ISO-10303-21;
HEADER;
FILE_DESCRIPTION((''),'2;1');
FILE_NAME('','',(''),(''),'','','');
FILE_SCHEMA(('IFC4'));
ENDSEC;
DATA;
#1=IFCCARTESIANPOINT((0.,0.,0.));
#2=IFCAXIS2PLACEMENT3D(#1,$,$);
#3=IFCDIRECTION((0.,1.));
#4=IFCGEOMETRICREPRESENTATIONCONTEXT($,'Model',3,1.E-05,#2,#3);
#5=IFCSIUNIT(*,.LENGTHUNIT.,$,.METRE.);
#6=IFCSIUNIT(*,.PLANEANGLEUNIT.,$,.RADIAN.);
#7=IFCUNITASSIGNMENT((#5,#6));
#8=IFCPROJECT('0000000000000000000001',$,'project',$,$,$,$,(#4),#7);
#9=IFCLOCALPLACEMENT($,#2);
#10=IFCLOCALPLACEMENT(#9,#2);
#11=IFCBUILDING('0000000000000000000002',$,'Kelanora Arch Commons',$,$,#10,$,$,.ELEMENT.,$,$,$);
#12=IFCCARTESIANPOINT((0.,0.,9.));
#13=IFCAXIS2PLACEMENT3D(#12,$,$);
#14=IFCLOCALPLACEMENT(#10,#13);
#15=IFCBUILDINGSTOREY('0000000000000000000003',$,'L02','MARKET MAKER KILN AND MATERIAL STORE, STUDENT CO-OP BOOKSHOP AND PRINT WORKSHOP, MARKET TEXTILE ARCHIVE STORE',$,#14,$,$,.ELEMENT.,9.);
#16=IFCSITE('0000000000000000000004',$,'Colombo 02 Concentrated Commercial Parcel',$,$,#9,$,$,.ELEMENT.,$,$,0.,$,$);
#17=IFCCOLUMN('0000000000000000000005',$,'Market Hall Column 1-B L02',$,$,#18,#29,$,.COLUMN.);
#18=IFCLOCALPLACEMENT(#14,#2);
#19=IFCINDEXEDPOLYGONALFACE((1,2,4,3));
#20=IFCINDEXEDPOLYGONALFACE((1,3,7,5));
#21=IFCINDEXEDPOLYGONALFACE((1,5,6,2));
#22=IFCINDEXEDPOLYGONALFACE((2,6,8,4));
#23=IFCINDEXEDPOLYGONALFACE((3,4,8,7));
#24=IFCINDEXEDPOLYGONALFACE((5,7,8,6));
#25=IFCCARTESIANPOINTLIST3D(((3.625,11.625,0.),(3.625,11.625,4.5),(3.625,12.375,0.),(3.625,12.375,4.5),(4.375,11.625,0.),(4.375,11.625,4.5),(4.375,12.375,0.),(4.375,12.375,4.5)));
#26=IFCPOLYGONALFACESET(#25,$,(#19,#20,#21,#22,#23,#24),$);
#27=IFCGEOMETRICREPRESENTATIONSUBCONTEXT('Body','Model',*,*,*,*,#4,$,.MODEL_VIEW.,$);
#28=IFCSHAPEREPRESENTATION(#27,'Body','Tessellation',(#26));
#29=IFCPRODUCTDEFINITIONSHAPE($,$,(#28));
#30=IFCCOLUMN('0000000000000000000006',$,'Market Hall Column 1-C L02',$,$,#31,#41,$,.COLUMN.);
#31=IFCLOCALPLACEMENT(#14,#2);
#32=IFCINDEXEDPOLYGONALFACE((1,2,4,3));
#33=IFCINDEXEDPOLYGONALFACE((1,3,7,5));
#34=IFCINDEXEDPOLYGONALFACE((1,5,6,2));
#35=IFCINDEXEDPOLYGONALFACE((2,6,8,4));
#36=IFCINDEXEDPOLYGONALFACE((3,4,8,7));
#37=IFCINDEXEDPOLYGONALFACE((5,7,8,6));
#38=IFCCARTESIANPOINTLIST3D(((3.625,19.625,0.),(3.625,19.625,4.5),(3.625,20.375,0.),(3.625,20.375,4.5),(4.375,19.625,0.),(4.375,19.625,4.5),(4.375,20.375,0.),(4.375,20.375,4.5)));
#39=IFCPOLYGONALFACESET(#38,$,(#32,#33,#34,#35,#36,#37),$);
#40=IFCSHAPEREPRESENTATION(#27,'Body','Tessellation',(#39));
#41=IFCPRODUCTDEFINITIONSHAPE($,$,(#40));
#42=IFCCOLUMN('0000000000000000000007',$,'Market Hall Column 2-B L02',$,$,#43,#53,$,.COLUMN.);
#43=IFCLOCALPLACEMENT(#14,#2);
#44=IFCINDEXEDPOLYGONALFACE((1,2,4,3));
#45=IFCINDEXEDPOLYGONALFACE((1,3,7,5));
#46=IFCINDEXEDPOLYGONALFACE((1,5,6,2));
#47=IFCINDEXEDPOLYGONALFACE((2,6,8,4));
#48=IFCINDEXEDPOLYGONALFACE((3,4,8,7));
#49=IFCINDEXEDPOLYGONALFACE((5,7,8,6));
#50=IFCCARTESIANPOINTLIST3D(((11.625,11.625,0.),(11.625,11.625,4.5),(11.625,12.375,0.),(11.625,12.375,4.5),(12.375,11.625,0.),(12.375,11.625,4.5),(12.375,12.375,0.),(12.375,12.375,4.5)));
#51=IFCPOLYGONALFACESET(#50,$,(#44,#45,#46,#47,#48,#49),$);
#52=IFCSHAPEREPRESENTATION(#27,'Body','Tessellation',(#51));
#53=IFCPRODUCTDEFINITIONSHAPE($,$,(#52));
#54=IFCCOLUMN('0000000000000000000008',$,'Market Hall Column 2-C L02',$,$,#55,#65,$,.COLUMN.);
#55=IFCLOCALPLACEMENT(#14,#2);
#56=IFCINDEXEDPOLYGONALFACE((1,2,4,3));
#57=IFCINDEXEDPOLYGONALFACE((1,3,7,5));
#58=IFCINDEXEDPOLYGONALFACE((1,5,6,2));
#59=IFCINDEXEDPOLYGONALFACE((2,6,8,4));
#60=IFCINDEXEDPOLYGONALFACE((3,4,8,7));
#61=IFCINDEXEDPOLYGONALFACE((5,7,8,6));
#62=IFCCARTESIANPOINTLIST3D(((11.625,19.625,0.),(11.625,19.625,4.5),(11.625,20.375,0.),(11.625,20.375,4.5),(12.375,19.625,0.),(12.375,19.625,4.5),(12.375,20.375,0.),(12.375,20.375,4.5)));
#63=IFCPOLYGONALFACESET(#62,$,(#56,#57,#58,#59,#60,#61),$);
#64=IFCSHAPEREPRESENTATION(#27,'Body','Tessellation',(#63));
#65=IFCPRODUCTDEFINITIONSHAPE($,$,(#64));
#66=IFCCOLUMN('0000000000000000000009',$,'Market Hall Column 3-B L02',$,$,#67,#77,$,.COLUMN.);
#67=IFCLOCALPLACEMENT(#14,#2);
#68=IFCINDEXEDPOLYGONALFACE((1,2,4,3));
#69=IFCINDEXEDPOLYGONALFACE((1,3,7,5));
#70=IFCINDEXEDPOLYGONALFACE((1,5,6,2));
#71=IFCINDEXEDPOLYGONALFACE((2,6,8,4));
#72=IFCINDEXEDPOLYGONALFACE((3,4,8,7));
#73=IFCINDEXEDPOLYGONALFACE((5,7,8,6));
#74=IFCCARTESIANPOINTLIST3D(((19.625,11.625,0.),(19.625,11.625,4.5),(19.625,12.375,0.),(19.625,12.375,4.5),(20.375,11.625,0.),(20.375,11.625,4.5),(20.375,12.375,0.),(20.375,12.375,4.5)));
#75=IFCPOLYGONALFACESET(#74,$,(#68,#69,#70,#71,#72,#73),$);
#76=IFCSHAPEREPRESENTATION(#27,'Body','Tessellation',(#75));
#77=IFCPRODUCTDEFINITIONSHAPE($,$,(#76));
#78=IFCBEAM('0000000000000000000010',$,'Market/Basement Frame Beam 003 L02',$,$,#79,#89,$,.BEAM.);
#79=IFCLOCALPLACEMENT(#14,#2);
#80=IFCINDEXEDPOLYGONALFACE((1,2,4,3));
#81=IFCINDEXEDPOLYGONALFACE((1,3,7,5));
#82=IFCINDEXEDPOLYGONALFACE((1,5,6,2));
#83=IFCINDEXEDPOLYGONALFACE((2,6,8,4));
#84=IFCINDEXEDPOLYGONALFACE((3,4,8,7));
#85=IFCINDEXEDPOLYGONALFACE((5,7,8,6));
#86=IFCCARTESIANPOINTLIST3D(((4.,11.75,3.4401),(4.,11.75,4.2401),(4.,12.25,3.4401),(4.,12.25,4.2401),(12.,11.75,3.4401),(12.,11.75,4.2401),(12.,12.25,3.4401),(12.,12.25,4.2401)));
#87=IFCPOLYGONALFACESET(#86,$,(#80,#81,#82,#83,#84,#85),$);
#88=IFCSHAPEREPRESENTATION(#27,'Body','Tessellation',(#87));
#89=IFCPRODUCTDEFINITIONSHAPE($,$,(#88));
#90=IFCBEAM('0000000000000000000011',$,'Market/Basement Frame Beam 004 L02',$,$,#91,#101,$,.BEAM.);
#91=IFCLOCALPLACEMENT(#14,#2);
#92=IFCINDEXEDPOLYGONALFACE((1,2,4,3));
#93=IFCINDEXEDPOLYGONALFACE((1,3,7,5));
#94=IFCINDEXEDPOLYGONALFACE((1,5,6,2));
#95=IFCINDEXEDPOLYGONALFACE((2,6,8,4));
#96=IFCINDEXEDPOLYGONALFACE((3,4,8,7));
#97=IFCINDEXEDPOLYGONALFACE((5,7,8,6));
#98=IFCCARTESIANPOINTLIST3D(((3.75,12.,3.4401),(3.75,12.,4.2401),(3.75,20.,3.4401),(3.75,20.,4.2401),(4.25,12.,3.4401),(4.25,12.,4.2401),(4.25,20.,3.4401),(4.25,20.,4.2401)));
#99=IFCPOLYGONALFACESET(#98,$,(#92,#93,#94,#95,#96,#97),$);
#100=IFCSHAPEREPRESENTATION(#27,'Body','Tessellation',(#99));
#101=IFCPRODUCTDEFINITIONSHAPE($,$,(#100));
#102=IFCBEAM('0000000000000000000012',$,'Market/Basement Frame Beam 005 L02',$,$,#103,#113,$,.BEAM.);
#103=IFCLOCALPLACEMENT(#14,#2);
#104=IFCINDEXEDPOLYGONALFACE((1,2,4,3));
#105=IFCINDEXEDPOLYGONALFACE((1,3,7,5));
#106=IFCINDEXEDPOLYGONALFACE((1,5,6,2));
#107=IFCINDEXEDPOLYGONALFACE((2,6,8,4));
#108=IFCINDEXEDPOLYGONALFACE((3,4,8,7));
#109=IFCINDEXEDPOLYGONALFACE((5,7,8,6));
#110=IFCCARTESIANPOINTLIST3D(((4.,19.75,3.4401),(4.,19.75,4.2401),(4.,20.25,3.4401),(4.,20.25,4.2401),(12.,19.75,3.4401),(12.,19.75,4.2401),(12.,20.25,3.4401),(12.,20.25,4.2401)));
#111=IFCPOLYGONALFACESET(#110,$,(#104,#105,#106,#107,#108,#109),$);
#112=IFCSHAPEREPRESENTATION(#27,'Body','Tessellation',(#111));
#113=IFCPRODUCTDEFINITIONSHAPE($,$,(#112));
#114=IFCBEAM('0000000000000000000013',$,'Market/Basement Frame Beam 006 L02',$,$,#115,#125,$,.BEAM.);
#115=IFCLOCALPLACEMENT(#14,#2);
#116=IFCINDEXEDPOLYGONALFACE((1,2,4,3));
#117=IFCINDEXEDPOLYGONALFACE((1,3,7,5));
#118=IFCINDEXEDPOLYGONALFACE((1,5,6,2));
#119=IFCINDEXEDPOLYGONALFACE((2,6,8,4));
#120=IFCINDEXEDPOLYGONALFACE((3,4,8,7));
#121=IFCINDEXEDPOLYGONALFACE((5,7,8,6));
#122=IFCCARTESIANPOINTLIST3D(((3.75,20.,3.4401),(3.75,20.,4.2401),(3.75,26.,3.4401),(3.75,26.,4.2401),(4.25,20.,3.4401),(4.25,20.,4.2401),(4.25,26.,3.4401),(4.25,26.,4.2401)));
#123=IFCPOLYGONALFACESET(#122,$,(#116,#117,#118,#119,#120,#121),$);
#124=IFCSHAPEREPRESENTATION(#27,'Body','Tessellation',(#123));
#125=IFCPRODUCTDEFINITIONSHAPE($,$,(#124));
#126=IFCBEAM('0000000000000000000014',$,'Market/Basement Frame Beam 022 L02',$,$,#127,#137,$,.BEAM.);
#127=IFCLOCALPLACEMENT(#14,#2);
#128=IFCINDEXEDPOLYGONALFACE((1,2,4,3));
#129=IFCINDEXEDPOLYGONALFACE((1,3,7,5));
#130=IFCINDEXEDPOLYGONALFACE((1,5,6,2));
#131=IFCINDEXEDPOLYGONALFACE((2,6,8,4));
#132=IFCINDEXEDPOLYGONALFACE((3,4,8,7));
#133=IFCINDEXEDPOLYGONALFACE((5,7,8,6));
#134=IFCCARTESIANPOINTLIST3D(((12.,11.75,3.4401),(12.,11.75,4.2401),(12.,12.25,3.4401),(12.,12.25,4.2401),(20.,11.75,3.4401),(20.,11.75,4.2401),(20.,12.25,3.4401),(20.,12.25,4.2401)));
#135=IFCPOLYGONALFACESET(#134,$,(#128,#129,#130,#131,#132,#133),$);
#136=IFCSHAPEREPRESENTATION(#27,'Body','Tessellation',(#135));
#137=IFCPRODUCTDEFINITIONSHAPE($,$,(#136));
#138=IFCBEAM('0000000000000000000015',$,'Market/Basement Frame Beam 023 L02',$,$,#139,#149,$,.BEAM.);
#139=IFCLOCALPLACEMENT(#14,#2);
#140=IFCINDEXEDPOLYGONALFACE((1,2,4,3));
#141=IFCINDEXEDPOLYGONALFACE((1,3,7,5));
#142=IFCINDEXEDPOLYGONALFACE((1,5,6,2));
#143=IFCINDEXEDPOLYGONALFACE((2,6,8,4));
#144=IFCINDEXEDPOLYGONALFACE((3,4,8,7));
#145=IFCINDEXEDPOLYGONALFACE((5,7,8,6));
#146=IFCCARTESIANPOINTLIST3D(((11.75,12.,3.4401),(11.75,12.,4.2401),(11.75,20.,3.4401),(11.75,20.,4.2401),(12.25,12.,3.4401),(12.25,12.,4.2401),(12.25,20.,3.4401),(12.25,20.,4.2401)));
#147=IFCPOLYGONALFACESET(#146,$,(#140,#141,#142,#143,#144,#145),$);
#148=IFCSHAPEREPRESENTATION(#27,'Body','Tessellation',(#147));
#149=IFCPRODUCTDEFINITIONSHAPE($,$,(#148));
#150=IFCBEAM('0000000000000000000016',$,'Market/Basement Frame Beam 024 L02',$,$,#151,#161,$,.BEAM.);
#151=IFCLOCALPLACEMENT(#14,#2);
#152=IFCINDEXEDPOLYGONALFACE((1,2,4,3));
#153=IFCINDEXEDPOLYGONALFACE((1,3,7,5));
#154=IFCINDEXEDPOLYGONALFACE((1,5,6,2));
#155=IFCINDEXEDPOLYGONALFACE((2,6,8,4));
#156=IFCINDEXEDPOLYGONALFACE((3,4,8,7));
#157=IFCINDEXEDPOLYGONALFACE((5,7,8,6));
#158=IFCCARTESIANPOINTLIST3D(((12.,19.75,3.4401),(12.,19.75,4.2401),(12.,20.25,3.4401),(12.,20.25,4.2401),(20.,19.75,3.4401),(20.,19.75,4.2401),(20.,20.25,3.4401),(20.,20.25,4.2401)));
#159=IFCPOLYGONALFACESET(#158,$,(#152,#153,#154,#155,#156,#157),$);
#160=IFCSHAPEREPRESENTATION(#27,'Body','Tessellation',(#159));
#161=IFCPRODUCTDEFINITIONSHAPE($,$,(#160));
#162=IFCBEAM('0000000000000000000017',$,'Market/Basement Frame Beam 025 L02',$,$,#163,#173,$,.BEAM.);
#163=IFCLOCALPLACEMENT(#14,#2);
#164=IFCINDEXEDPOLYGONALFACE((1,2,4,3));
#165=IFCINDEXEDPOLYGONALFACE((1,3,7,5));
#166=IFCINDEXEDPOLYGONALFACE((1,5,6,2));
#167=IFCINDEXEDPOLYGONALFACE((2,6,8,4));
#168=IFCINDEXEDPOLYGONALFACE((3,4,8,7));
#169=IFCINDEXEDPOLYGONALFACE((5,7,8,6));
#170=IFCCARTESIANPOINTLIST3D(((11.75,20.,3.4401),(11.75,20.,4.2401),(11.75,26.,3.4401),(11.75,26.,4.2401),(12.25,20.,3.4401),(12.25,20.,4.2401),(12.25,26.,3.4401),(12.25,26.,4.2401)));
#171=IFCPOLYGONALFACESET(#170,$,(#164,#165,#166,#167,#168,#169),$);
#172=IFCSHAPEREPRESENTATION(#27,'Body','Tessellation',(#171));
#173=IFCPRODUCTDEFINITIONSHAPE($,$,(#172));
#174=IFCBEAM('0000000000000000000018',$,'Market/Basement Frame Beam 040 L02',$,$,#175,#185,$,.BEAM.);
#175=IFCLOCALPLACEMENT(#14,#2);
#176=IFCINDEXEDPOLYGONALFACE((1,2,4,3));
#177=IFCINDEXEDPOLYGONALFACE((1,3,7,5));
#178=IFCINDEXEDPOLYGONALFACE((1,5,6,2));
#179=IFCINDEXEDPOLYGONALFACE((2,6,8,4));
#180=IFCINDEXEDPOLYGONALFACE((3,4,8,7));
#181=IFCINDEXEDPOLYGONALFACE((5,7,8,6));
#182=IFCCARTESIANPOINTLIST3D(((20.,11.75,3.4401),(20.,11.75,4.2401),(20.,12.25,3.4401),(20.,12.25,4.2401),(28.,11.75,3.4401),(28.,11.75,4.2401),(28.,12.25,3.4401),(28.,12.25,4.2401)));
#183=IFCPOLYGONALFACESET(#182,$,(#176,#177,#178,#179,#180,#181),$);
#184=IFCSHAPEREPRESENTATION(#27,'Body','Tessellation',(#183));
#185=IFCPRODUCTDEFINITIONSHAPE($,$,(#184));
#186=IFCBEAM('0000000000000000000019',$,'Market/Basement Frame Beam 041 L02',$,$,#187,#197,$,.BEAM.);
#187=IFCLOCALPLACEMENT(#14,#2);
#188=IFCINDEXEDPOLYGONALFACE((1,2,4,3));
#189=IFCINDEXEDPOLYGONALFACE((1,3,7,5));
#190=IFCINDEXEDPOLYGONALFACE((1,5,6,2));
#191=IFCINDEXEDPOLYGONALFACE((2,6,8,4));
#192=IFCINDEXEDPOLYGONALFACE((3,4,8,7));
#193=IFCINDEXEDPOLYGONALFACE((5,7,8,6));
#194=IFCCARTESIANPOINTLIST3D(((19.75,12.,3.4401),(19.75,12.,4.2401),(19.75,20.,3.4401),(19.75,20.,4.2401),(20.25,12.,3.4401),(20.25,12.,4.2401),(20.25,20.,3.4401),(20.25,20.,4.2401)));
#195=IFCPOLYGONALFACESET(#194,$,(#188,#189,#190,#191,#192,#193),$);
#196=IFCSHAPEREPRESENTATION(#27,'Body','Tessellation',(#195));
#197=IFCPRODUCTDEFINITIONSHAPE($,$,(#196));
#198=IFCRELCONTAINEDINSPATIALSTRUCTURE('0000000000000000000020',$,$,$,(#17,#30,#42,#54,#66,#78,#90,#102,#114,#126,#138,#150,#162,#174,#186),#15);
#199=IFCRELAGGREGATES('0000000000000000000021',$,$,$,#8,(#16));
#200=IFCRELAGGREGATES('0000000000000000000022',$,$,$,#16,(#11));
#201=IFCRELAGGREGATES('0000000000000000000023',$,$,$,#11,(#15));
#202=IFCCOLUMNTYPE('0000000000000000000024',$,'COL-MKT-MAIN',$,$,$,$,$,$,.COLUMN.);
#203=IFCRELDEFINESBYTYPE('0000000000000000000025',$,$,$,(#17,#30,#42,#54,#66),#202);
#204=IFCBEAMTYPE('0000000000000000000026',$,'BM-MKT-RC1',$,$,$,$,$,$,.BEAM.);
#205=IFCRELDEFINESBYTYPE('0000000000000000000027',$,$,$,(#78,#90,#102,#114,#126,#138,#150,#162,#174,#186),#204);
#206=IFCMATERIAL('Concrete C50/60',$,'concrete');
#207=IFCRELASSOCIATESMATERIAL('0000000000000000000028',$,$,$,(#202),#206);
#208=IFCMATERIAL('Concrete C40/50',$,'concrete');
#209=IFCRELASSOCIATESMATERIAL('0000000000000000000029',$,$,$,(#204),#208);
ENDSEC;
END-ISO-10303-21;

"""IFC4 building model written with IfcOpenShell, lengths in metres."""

from ifc_helpers import new_model, si_unit, direction, frame, origin, origin_2d, place, context, subcontext, project, spatial, rectangle, extrude, material, material_profile, profile_set, type_object, element, save


model = new_model("IFC4")

# Units and contexts
model_context = context("Model", 3, precision=1e-05, world=origin(), true_north=direction((0.0, 1.0)))
body_context = subcontext(model_context, "Body", "Model", "MODEL_VIEW")
ifc_project = project(units=[si_unit("LENGTHUNIT", "METRE"), si_unit("PLANEANGLEUNIT", "RADIAN")], contexts=[model_context])

# Site, building, storey
site_placement = place(None, origin())
site = spatial("IfcSite", under=ifc_project, at=site_placement, Name="Colombo 02 Concentrated Commercial Parcel", CompositionType="ELEMENT", RefElevation=0.0)
building_placement = place(site_placement, origin())
building = spatial("IfcBuilding", under=site, at=building_placement, Name="Kelanora Arch Commons", CompositionType="ELEMENT")
storey_placement = place(building_placement, frame((0.0, 0.0, 9.0)))
storey = spatial("IfcBuildingStorey", under=building, at=storey_placement, Name="L02", Description="MARKET MAKER KILN AND MATERIAL STORE, STUDENT CO-OP BOOKSHOP AND PRINT WORKSHOP, MARKET TEXTILE ARCHIVE STORE", CompositionType="ELEMENT", Elevation=9.0)

# Columns
ifc_material_1 = material(Name="Concrete C50/60", Category="concrete")
ifc_material_profile_1 = material_profile(ifc_material_1, rectangle(XDim=0.75, YDim=0.75, at=origin_2d()), Name="RC750x750")
ifc_profile_set_1 = profile_set([ifc_material_profile_1], Name="Concrete C50/60")
column_type = type_object("IfcColumnType", Name="COL-MKT-MAIN", PredefinedType="COLUMN", material=ifc_profile_set_1)
for number, where, z_axis, x_axis, name in (
    (1, (4.0, 12.0, 0.0), (0.0, 0.0, 1.0), (1.0, 0.0, 0.0), "Market Hall Column 1-B L02"),
    (2, (4.0, 20.0, 0.0), (0.0, 0.0, 1.0), (1.0, 0.0, 0.0), "Market Hall Column 1-C L02"),
    (3, (12.0, 12.0, 0.0), (0.0, 0.0, 1.0), (1.0, 0.0, 0.0), "Market Hall Column 2-B L02"),
    (4, (12.0, 20.0, 0.0), (0.0, 0.0, 1.0), (1.0, 0.0, 0.0), "Market Hall Column 2-C L02"),
    (5, (20.0, 12.0, 0.0), (0.0, 0.0, 1.0), (1.0, 0.0, 0.0), "Market Hall Column 3-B L02"),
):
    element("IfcColumn", number, at=place(storey_placement, frame(where, z_axis=z_axis, x_axis=x_axis)), inside=storey, type_object=column_type, Name=name, PredefinedType="COLUMN", context=body_context, shape_type="SweptSolid", body=[
        extrude(rectangle(XDim=0.75, YDim=0.75, at=origin_2d()), origin(), (0.0, 0.0, 1.0), 4.5),
    ])

# Beams
ifc_material_2 = material(Name="Concrete C40/50", Category="concrete")
ifc_material_profile_2 = material_profile(ifc_material_2, rectangle(XDim=0.5, YDim=0.8, at=origin_2d()), Name="RCB500x800")
ifc_profile_set_2 = profile_set([ifc_material_profile_2], Name="Concrete C40/50")
beam_type = type_object("IfcBeamType", Name="BM-MKT-RC1", PredefinedType="BEAM", material=ifc_profile_set_2)
for number, where, z_axis, x_axis, name in (
    (6, (4.0, 12.0, 3.8401), (1.0, 0.0, 0.0), (0.0, 1.0, 0.0), "Market/Basement Frame Beam 003 L02"),
    (7, (4.0, 12.0, 3.8401), (0.0, 1.0, 0.0), (-1.0, 0.0, 0.0), "Market/Basement Frame Beam 004 L02"),
    (8, (4.0, 20.0, 3.8401), (1.0, 0.0, 0.0), (0.0, 1.0, 0.0), "Market/Basement Frame Beam 005 L02"),
):
    element("IfcBeam", number, at=place(storey_placement, frame(where, z_axis=z_axis, x_axis=x_axis)), inside=storey, type_object=beam_type, Name=name, PredefinedType="BEAM", context=body_context, shape_type="SweptSolid", body=[
        extrude(rectangle(XDim=0.5, YDim=0.8, at=origin_2d()), origin(), (0.0, 0.0, 1.0), 8.0),
    ])
beam_1_placement = place(storey_placement, frame((4.0, 20.0, 3.8401), z_axis=(0.0, 1.0, 0.0), x_axis=(-1.0, 0.0, 0.0)))
element("IfcBeam", 9, at=beam_1_placement, inside=storey, type_object=beam_type, Name="Market/Basement Frame Beam 006 L02", PredefinedType="BEAM", context=body_context, shape_type="SweptSolid", body=[
    extrude(rectangle(XDim=0.5, YDim=0.8, at=origin_2d()), origin(), (0.0, 0.0, 1.0), 6.0),
])
for number, where, z_axis, x_axis, name in (
    (10, (12.0, 12.0, 3.8401), (1.0, 0.0, 0.0), (0.0, 1.0, 0.0), "Market/Basement Frame Beam 022 L02"),
    (11, (12.0, 12.0, 3.8401), (0.0, 1.0, 0.0), (-1.0, 0.0, 0.0), "Market/Basement Frame Beam 023 L02"),
    (12, (12.0, 20.0, 3.8401), (1.0, 0.0, 0.0), (0.0, 1.0, 0.0), "Market/Basement Frame Beam 024 L02"),
):
    element("IfcBeam", number, at=place(storey_placement, frame(where, z_axis=z_axis, x_axis=x_axis)), inside=storey, type_object=beam_type, Name=name, PredefinedType="BEAM", context=body_context, shape_type="SweptSolid", body=[
        extrude(rectangle(XDim=0.5, YDim=0.8, at=origin_2d()), origin(), (0.0, 0.0, 1.0), 8.0),
    ])
beam_2_placement = place(storey_placement, frame((12.0, 20.0, 3.8401), z_axis=(0.0, 1.0, 0.0), x_axis=(-1.0, 0.0, 0.0)))
element("IfcBeam", 13, at=beam_2_placement, inside=storey, type_object=beam_type, Name="Market/Basement Frame Beam 025 L02", PredefinedType="BEAM", context=body_context, shape_type="SweptSolid", body=[
    extrude(rectangle(XDim=0.5, YDim=0.8, at=origin_2d()), origin(), (0.0, 0.0, 1.0), 6.0),
])
for number, where, z_axis, x_axis, name in (
    (14, (20.0, 12.0, 3.8401), (1.0, 0.0, 0.0), (0.0, 1.0, 0.0), "Market/Basement Frame Beam 040 L02"),
    (15, (20.0, 12.0, 3.8401), (0.0, 1.0, 0.0), (-1.0, 0.0, 0.0), "Market/Basement Frame Beam 041 L02"),
):
    element("IfcBeam", number, at=place(storey_placement, frame(where, z_axis=z_axis, x_axis=x_axis)), inside=storey, type_object=beam_type, Name=name, PredefinedType="BEAM", context=body_context, shape_type="SweptSolid", body=[
        extrude(rectangle(XDim=0.5, YDim=0.8, at=origin_2d()), origin(), (0.0, 0.0, 1.0), 8.0),
    ])

save(model, "model.ifc")
